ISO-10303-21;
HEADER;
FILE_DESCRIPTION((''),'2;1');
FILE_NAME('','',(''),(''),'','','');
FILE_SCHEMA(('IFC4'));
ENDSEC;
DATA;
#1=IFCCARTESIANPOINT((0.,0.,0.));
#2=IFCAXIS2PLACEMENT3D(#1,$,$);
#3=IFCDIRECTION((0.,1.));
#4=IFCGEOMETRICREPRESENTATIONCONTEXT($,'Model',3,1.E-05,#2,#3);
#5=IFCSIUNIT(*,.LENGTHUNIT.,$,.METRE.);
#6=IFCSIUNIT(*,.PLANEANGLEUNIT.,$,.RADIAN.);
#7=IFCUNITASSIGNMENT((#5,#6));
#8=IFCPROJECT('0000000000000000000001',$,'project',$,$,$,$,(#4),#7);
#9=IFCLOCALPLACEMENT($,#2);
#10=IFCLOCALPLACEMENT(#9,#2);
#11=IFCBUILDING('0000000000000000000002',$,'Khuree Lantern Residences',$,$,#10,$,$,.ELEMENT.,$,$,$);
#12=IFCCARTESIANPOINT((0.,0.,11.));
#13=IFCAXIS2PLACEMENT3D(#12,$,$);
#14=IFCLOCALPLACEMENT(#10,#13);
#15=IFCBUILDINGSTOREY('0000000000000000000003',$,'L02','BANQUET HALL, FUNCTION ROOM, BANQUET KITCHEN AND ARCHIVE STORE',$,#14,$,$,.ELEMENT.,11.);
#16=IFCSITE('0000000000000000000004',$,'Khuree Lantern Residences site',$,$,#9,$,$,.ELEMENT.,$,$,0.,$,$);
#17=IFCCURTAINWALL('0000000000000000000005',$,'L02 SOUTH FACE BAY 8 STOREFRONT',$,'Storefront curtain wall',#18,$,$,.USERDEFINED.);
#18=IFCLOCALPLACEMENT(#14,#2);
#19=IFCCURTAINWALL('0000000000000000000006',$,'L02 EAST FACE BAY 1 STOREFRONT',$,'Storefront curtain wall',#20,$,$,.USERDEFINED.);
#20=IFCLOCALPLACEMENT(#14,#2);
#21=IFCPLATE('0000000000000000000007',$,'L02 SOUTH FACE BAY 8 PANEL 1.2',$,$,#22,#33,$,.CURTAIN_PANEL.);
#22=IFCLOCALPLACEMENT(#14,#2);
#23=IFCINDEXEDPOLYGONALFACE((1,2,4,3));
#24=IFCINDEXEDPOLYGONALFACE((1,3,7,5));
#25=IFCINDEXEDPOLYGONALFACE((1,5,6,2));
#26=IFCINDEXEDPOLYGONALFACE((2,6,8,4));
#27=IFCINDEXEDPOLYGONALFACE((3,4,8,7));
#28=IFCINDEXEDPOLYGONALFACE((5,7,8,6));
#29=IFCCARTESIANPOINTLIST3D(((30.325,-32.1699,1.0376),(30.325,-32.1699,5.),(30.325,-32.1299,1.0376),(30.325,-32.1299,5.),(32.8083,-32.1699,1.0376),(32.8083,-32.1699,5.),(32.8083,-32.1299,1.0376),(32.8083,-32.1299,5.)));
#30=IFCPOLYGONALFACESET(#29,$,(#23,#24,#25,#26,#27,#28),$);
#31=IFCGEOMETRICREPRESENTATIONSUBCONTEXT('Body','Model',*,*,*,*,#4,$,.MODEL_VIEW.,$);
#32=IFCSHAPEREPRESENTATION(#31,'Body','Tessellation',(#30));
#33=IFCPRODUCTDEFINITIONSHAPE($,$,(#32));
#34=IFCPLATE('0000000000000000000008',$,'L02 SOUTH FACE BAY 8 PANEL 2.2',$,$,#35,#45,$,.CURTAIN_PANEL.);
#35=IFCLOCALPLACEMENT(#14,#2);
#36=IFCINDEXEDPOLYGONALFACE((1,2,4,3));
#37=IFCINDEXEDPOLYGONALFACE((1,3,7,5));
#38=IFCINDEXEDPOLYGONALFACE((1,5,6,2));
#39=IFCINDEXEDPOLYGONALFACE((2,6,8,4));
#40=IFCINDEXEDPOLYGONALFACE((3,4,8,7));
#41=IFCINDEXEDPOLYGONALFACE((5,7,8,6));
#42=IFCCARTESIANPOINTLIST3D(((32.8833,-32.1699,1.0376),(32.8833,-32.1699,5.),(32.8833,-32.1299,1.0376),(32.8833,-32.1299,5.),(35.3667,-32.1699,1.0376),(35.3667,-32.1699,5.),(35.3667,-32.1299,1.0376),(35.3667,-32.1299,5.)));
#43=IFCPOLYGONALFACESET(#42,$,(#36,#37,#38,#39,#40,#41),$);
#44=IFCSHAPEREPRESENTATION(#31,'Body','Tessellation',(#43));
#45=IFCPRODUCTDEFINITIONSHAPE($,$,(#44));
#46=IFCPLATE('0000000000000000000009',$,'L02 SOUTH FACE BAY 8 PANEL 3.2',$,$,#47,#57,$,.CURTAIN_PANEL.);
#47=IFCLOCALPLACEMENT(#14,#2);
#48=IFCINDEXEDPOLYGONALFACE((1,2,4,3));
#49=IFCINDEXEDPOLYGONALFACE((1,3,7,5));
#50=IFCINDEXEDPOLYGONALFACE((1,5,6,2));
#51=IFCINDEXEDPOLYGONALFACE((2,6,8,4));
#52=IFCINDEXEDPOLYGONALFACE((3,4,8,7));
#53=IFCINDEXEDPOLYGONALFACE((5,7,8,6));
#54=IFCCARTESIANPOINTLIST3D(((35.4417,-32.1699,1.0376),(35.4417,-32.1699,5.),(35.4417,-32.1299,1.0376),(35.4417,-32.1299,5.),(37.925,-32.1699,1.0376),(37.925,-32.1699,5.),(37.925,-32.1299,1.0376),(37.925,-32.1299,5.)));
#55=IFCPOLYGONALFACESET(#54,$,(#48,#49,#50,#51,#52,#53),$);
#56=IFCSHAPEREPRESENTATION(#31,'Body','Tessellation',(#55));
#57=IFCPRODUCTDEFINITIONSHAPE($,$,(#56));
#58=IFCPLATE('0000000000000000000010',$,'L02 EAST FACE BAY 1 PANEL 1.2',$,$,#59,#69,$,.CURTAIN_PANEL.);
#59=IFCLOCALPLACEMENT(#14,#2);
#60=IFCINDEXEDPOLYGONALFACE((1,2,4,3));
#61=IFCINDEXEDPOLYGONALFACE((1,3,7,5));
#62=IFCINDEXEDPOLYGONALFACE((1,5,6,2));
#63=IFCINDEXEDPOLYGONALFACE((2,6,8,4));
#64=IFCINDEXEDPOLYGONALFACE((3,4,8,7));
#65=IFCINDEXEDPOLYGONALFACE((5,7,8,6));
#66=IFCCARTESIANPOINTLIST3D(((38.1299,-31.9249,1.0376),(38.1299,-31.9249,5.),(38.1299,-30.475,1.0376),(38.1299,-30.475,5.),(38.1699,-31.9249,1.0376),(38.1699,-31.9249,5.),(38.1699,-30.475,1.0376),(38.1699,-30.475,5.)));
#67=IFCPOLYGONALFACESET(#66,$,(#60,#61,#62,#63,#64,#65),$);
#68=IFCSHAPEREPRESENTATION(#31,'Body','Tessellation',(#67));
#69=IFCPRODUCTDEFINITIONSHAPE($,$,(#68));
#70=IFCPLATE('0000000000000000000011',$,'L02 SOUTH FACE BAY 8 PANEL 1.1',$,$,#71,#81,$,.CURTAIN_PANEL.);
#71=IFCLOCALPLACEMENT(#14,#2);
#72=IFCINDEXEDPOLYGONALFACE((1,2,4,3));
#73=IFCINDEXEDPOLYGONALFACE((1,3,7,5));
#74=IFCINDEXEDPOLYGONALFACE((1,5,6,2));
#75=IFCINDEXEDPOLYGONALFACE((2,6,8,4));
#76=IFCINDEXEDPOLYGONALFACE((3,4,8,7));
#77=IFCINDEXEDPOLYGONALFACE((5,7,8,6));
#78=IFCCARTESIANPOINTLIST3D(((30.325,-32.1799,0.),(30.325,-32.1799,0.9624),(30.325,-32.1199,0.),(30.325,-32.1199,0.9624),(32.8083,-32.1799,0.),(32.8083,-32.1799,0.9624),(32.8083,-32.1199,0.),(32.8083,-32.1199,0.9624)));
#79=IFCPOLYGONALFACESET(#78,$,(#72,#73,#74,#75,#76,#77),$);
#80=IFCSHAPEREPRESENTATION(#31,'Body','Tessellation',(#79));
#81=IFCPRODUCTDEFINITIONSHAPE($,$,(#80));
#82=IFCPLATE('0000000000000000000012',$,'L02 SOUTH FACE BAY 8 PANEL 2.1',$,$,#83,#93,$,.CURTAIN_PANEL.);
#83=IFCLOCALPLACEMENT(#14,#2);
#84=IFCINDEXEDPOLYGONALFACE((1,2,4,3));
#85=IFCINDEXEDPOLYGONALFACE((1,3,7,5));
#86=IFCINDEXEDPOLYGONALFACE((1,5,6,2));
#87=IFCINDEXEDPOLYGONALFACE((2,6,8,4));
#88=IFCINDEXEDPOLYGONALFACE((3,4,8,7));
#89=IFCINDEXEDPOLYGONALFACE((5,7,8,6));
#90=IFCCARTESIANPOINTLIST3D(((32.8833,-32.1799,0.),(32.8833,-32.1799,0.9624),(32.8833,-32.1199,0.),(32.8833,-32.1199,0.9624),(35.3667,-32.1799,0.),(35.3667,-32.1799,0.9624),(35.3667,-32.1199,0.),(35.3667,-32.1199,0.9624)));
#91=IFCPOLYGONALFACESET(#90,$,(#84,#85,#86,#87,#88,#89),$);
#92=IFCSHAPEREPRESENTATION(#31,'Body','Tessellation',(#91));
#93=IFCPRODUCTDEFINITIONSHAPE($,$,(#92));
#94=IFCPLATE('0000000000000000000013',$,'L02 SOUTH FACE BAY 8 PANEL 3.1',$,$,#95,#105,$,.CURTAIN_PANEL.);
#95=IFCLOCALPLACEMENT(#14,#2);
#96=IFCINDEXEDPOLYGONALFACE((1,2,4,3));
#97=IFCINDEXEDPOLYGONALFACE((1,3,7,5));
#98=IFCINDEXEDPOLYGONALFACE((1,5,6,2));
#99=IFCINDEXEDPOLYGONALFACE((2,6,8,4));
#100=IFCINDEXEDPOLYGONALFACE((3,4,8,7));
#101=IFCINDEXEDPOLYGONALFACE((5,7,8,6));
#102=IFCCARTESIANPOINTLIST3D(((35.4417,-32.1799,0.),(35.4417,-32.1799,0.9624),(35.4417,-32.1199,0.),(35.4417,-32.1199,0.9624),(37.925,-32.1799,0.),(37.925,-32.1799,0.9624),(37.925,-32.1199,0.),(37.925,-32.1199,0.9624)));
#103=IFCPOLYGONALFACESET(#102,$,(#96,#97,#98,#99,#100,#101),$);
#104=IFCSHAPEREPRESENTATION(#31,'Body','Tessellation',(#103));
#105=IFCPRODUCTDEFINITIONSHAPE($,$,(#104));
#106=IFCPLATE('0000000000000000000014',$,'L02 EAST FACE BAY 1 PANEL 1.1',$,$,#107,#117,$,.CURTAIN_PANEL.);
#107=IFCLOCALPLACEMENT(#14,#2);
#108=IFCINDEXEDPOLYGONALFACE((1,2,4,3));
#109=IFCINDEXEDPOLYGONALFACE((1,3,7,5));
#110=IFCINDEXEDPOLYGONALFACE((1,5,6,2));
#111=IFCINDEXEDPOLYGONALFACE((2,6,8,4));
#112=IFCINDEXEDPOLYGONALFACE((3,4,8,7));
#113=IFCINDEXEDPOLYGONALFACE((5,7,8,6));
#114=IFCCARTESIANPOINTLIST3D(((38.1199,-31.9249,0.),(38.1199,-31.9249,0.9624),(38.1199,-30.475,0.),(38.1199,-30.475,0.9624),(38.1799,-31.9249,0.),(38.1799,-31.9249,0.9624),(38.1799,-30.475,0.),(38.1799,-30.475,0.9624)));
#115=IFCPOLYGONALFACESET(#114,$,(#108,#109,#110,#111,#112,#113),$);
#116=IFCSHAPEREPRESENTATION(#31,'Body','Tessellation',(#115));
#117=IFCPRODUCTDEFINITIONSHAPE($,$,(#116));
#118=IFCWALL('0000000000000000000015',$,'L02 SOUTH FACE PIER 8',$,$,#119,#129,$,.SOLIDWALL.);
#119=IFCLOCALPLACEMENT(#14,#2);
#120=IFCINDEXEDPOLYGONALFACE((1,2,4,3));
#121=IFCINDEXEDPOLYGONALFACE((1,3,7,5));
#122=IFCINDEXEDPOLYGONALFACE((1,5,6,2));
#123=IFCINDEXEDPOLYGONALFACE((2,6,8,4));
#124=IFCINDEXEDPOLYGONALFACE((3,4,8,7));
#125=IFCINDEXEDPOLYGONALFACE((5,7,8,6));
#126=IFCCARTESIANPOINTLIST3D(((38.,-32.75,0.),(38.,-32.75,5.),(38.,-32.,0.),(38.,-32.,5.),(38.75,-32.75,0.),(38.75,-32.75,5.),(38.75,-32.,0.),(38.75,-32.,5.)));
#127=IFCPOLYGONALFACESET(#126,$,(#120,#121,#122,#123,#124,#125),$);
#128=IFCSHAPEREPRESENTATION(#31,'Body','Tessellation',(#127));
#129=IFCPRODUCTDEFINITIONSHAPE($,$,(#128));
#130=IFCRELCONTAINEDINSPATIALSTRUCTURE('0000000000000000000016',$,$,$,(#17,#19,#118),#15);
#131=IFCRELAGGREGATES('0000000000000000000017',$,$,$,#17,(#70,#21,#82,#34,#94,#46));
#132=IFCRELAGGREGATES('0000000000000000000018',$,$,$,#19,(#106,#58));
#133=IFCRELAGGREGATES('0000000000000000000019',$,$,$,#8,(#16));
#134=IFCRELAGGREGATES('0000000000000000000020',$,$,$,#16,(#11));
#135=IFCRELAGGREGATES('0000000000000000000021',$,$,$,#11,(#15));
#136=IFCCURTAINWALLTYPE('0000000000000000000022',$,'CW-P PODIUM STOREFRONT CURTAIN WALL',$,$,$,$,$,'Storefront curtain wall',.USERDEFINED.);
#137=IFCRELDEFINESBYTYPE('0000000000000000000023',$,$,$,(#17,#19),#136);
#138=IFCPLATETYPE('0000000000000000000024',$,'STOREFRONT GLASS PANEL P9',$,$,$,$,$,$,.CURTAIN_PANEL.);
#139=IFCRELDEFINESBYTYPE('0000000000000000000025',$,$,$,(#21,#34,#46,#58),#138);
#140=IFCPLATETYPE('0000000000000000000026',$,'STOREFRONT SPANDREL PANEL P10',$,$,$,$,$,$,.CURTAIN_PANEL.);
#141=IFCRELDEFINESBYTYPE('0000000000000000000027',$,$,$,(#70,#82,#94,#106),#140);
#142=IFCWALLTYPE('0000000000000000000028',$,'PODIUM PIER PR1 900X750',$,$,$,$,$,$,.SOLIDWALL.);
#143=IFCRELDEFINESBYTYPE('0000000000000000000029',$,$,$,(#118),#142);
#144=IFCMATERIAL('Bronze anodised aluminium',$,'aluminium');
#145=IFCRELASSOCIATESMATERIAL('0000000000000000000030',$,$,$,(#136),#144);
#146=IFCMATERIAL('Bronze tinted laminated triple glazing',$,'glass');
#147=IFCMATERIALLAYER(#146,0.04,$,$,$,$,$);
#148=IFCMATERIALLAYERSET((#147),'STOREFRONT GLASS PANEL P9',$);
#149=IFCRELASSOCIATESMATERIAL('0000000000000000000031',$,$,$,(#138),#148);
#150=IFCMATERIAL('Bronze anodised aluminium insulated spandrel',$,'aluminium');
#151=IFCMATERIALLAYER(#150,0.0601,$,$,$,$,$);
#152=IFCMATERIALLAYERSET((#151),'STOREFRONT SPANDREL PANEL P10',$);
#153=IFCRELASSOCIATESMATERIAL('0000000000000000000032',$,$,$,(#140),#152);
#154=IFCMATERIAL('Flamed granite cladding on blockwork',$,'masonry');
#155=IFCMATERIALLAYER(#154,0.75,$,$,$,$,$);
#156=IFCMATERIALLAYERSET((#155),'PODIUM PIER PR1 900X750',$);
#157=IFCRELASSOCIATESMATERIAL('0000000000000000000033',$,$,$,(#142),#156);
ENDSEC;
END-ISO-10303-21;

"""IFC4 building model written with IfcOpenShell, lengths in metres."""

from ifc_helpers import new_model, si_unit, direction, frame, frame_2d, origin, origin_2d, place, context, subcontext, project, spatial, rectangle, extrude, material, layer, layer_set, type_object, element, aggregate, save


model = new_model("IFC4")

# Units and contexts
model_context = context("Model", 3, precision=1e-05, world=origin(), true_north=direction((0.0, 1.0)))
body_context = subcontext(model_context, "Body", "Model", "MODEL_VIEW")
ifc_project = project(units=[si_unit("LENGTHUNIT", "METRE"), si_unit("PLANEANGLEUNIT", "RADIAN")], contexts=[model_context])

# Site, building, storey
site_placement = place(None, origin())
site = spatial("IfcSite", under=ifc_project, at=site_placement, Name="Khuree Lantern Residences site", CompositionType="ELEMENT", RefElevation=0.0)
building_placement = place(site_placement, origin())
building = spatial("IfcBuilding", under=site, at=building_placement, Name="Khuree Lantern Residences", CompositionType="ELEMENT")
storey_placement = place(building_placement, frame((0.0, 0.0, 11.0)))
storey = spatial("IfcBuildingStorey", under=building, at=storey_placement, Name="L02", Description="BANQUET HALL, FUNCTION ROOM, BANQUET KITCHEN AND ARCHIVE STORE", CompositionType="ELEMENT", Elevation=11.0)

# Curtain walls
ifc_material_1 = material(Name="Bronze anodised aluminium", Category="aluminium")
curtain_wall_type = type_object("IfcCurtainWallType", Name="CW-P PODIUM STOREFRONT CURTAIN WALL", ElementType="Storefront curtain wall", PredefinedType="USERDEFINED", material=ifc_material_1)
curtain_wall_1_placement = place(storey_placement, origin())
curtain_wall_1 = element("IfcCurtainWall", 1, at=curtain_wall_1_placement, inside=storey, type_object=curtain_wall_type, Name="L02 SOUTH FACE BAY 8 STOREFRONT", ObjectType="Storefront curtain wall", PredefinedType="USERDEFINED")
curtain_wall_2_placement = place(storey_placement, origin())
curtain_wall_2 = element("IfcCurtainWall", 2, at=curtain_wall_2_placement, inside=storey, type_object=curtain_wall_type, Name="L02 EAST FACE BAY 1 STOREFRONT", ObjectType="Storefront curtain wall", PredefinedType="USERDEFINED")

# Plates
ifc_material_2 = material(Name="Bronze tinted laminated triple glazing", Category="glass")
ifc_layer_1 = layer(ifc_material_2, 0.04)
ifc_layer_set_1 = layer_set([ifc_layer_1], Name="STOREFRONT GLASS PANEL P9")
plate_type_1 = type_object("IfcPlateType", Name="STOREFRONT GLASS PANEL P9", PredefinedType="CURTAIN_PANEL", material=ifc_layer_set_1)
plate_1_placement = place(storey_placement, frame((31.5667, -32.1499, 1.0376), z_axis=(0.0, 0.0, 1.0), x_axis=(1.0, 0.0, 0.0)))
plate_1 = element("IfcPlate", 3, at=plate_1_placement, type_object=plate_type_1, Name="L02 SOUTH FACE BAY 8 PANEL 1.2", PredefinedType="CURTAIN_PANEL", context=body_context, shape_type="SweptSolid", body=[
    extrude(rectangle(XDim=2.4834, YDim=0.04, at=origin_2d()), origin(), (0.0, 0.0, 1.0), 3.9624),
])
plate_2_placement = place(storey_placement, frame((34.125, -32.1499, 1.0376), z_axis=(0.0, 0.0, 1.0), x_axis=(1.0, 0.0, 0.0)))
plate_2 = element("IfcPlate", 4, at=plate_2_placement, type_object=plate_type_1, Name="L02 SOUTH FACE BAY 8 PANEL 2.2", PredefinedType="CURTAIN_PANEL", context=body_context, shape_type="SweptSolid", body=[
    extrude(rectangle(XDim=2.4834, YDim=0.04, at=origin_2d()), origin(), (0.0, 0.0, 1.0), 3.9624),
])
plate_3_placement = place(storey_placement, frame((36.6833, -32.1499, 1.0376), z_axis=(0.0, 0.0, 1.0), x_axis=(1.0, 0.0, 0.0)))
plate_3 = element("IfcPlate", 5, at=plate_3_placement, type_object=plate_type_1, Name="L02 SOUTH FACE BAY 8 PANEL 3.2", PredefinedType="CURTAIN_PANEL", context=body_context, shape_type="SweptSolid", body=[
    extrude(rectangle(XDim=2.4834, YDim=0.04, at=origin_2d()), origin(), (0.0, 0.0, 1.0), 3.9624),
])
plate_4_placement = place(storey_placement, frame((38.1499, -31.2, 1.0376), z_axis=(0.0, 0.0, 1.0), x_axis=(0.0, 1.0, 0.0)))
plate_4 = element("IfcPlate", 6, at=plate_4_placement, type_object=plate_type_1, Name="L02 EAST FACE BAY 1 PANEL 1.2", PredefinedType="CURTAIN_PANEL", context=body_context, shape_type="SweptSolid", body=[
    extrude(rectangle(XDim=1.45, YDim=0.04, at=origin_2d()), origin(), (0.0, 0.0, 1.0), 3.9624),
])
ifc_material_3 = material(Name="Bronze anodised aluminium insulated spandrel", Category="aluminium")
ifc_layer_2 = layer(ifc_material_3, 0.0601)
ifc_layer_set_2 = layer_set([ifc_layer_2], Name="STOREFRONT SPANDREL PANEL P10")
plate_type_2 = type_object("IfcPlateType", Name="STOREFRONT SPANDREL PANEL P10", PredefinedType="CURTAIN_PANEL", material=ifc_layer_set_2)
plate_5_placement = place(storey_placement, frame((31.5667, -32.1499, 0.0), z_axis=(0.0, 0.0, 1.0), x_axis=(1.0, 0.0, 0.0)))
plate_5 = element("IfcPlate", 7, at=plate_5_placement, type_object=plate_type_2, Name="L02 SOUTH FACE BAY 8 PANEL 1.1", PredefinedType="CURTAIN_PANEL", context=body_context, shape_type="SweptSolid", body=[
    extrude(rectangle(XDim=2.4834, YDim=0.0601, at=origin_2d()), origin(), (0.0, 0.0, 1.0), 0.9624),
])
plate_6_placement = place(storey_placement, frame((34.125, -32.1499, 0.0), z_axis=(0.0, 0.0, 1.0), x_axis=(1.0, 0.0, 0.0)))
plate_6 = element("IfcPlate", 8, at=plate_6_placement, type_object=plate_type_2, Name="L02 SOUTH FACE BAY 8 PANEL 2.1", PredefinedType="CURTAIN_PANEL", context=body_context, shape_type="SweptSolid", body=[
    extrude(rectangle(XDim=2.4834, YDim=0.0601, at=origin_2d()), origin(), (0.0, 0.0, 1.0), 0.9624),
])
plate_7_placement = place(storey_placement, frame((36.6833, -32.1499, 0.0), z_axis=(0.0, 0.0, 1.0), x_axis=(1.0, 0.0, 0.0)))
plate_7 = element("IfcPlate", 9, at=plate_7_placement, type_object=plate_type_2, Name="L02 SOUTH FACE BAY 8 PANEL 3.1", PredefinedType="CURTAIN_PANEL", context=body_context, shape_type="SweptSolid", body=[
    extrude(rectangle(XDim=2.4834, YDim=0.0601, at=origin_2d()), origin(), (0.0, 0.0, 1.0), 0.9624),
])
aggregate(curtain_wall_1, [plate_5, plate_1, plate_6, plate_2, plate_7, plate_3])
plate_8_placement = place(storey_placement, frame((38.1499, -31.2, 0.0), z_axis=(0.0, 0.0, 1.0), x_axis=(0.0, 1.0, 0.0)))
plate_8 = element("IfcPlate", 10, at=plate_8_placement, type_object=plate_type_2, Name="L02 EAST FACE BAY 1 PANEL 1.1", PredefinedType="CURTAIN_PANEL", context=body_context, shape_type="SweptSolid", body=[
    extrude(rectangle(XDim=1.45, YDim=0.0601, at=origin_2d()), origin(), (0.0, 0.0, 1.0), 0.9624),
])
aggregate(curtain_wall_2, [plate_8, plate_4])

# Wall
ifc_material_4 = material(Name="Flamed granite cladding on blockwork", Category="masonry")
ifc_layer_3 = layer(ifc_material_4, 0.75)
ifc_layer_set_3 = layer_set([ifc_layer_3], Name="PODIUM PIER PR1 900X750")
wall_type = type_object("IfcWallType", Name="PODIUM PIER PR1 900X750", PredefinedType="SOLIDWALL", material=ifc_layer_set_3)
wall_placement = place(storey_placement, frame((38.0, -32.375, 0.0), z_axis=(0.0, 0.0, 1.0), x_axis=(1.0, 0.0, 0.0)))
element("IfcWall", 11, at=wall_placement, inside=storey, type_object=wall_type, Name="L02 SOUTH FACE PIER 8", PredefinedType="SOLIDWALL", context=body_context, shape_type="SweptSolid", body=[
    extrude(rectangle(XDim=0.75, YDim=0.75, at=frame_2d((0.375, 0.0))), origin(), (0.0, 0.0, 1.0), 5.0),
])

save(model, "model.ifc")
